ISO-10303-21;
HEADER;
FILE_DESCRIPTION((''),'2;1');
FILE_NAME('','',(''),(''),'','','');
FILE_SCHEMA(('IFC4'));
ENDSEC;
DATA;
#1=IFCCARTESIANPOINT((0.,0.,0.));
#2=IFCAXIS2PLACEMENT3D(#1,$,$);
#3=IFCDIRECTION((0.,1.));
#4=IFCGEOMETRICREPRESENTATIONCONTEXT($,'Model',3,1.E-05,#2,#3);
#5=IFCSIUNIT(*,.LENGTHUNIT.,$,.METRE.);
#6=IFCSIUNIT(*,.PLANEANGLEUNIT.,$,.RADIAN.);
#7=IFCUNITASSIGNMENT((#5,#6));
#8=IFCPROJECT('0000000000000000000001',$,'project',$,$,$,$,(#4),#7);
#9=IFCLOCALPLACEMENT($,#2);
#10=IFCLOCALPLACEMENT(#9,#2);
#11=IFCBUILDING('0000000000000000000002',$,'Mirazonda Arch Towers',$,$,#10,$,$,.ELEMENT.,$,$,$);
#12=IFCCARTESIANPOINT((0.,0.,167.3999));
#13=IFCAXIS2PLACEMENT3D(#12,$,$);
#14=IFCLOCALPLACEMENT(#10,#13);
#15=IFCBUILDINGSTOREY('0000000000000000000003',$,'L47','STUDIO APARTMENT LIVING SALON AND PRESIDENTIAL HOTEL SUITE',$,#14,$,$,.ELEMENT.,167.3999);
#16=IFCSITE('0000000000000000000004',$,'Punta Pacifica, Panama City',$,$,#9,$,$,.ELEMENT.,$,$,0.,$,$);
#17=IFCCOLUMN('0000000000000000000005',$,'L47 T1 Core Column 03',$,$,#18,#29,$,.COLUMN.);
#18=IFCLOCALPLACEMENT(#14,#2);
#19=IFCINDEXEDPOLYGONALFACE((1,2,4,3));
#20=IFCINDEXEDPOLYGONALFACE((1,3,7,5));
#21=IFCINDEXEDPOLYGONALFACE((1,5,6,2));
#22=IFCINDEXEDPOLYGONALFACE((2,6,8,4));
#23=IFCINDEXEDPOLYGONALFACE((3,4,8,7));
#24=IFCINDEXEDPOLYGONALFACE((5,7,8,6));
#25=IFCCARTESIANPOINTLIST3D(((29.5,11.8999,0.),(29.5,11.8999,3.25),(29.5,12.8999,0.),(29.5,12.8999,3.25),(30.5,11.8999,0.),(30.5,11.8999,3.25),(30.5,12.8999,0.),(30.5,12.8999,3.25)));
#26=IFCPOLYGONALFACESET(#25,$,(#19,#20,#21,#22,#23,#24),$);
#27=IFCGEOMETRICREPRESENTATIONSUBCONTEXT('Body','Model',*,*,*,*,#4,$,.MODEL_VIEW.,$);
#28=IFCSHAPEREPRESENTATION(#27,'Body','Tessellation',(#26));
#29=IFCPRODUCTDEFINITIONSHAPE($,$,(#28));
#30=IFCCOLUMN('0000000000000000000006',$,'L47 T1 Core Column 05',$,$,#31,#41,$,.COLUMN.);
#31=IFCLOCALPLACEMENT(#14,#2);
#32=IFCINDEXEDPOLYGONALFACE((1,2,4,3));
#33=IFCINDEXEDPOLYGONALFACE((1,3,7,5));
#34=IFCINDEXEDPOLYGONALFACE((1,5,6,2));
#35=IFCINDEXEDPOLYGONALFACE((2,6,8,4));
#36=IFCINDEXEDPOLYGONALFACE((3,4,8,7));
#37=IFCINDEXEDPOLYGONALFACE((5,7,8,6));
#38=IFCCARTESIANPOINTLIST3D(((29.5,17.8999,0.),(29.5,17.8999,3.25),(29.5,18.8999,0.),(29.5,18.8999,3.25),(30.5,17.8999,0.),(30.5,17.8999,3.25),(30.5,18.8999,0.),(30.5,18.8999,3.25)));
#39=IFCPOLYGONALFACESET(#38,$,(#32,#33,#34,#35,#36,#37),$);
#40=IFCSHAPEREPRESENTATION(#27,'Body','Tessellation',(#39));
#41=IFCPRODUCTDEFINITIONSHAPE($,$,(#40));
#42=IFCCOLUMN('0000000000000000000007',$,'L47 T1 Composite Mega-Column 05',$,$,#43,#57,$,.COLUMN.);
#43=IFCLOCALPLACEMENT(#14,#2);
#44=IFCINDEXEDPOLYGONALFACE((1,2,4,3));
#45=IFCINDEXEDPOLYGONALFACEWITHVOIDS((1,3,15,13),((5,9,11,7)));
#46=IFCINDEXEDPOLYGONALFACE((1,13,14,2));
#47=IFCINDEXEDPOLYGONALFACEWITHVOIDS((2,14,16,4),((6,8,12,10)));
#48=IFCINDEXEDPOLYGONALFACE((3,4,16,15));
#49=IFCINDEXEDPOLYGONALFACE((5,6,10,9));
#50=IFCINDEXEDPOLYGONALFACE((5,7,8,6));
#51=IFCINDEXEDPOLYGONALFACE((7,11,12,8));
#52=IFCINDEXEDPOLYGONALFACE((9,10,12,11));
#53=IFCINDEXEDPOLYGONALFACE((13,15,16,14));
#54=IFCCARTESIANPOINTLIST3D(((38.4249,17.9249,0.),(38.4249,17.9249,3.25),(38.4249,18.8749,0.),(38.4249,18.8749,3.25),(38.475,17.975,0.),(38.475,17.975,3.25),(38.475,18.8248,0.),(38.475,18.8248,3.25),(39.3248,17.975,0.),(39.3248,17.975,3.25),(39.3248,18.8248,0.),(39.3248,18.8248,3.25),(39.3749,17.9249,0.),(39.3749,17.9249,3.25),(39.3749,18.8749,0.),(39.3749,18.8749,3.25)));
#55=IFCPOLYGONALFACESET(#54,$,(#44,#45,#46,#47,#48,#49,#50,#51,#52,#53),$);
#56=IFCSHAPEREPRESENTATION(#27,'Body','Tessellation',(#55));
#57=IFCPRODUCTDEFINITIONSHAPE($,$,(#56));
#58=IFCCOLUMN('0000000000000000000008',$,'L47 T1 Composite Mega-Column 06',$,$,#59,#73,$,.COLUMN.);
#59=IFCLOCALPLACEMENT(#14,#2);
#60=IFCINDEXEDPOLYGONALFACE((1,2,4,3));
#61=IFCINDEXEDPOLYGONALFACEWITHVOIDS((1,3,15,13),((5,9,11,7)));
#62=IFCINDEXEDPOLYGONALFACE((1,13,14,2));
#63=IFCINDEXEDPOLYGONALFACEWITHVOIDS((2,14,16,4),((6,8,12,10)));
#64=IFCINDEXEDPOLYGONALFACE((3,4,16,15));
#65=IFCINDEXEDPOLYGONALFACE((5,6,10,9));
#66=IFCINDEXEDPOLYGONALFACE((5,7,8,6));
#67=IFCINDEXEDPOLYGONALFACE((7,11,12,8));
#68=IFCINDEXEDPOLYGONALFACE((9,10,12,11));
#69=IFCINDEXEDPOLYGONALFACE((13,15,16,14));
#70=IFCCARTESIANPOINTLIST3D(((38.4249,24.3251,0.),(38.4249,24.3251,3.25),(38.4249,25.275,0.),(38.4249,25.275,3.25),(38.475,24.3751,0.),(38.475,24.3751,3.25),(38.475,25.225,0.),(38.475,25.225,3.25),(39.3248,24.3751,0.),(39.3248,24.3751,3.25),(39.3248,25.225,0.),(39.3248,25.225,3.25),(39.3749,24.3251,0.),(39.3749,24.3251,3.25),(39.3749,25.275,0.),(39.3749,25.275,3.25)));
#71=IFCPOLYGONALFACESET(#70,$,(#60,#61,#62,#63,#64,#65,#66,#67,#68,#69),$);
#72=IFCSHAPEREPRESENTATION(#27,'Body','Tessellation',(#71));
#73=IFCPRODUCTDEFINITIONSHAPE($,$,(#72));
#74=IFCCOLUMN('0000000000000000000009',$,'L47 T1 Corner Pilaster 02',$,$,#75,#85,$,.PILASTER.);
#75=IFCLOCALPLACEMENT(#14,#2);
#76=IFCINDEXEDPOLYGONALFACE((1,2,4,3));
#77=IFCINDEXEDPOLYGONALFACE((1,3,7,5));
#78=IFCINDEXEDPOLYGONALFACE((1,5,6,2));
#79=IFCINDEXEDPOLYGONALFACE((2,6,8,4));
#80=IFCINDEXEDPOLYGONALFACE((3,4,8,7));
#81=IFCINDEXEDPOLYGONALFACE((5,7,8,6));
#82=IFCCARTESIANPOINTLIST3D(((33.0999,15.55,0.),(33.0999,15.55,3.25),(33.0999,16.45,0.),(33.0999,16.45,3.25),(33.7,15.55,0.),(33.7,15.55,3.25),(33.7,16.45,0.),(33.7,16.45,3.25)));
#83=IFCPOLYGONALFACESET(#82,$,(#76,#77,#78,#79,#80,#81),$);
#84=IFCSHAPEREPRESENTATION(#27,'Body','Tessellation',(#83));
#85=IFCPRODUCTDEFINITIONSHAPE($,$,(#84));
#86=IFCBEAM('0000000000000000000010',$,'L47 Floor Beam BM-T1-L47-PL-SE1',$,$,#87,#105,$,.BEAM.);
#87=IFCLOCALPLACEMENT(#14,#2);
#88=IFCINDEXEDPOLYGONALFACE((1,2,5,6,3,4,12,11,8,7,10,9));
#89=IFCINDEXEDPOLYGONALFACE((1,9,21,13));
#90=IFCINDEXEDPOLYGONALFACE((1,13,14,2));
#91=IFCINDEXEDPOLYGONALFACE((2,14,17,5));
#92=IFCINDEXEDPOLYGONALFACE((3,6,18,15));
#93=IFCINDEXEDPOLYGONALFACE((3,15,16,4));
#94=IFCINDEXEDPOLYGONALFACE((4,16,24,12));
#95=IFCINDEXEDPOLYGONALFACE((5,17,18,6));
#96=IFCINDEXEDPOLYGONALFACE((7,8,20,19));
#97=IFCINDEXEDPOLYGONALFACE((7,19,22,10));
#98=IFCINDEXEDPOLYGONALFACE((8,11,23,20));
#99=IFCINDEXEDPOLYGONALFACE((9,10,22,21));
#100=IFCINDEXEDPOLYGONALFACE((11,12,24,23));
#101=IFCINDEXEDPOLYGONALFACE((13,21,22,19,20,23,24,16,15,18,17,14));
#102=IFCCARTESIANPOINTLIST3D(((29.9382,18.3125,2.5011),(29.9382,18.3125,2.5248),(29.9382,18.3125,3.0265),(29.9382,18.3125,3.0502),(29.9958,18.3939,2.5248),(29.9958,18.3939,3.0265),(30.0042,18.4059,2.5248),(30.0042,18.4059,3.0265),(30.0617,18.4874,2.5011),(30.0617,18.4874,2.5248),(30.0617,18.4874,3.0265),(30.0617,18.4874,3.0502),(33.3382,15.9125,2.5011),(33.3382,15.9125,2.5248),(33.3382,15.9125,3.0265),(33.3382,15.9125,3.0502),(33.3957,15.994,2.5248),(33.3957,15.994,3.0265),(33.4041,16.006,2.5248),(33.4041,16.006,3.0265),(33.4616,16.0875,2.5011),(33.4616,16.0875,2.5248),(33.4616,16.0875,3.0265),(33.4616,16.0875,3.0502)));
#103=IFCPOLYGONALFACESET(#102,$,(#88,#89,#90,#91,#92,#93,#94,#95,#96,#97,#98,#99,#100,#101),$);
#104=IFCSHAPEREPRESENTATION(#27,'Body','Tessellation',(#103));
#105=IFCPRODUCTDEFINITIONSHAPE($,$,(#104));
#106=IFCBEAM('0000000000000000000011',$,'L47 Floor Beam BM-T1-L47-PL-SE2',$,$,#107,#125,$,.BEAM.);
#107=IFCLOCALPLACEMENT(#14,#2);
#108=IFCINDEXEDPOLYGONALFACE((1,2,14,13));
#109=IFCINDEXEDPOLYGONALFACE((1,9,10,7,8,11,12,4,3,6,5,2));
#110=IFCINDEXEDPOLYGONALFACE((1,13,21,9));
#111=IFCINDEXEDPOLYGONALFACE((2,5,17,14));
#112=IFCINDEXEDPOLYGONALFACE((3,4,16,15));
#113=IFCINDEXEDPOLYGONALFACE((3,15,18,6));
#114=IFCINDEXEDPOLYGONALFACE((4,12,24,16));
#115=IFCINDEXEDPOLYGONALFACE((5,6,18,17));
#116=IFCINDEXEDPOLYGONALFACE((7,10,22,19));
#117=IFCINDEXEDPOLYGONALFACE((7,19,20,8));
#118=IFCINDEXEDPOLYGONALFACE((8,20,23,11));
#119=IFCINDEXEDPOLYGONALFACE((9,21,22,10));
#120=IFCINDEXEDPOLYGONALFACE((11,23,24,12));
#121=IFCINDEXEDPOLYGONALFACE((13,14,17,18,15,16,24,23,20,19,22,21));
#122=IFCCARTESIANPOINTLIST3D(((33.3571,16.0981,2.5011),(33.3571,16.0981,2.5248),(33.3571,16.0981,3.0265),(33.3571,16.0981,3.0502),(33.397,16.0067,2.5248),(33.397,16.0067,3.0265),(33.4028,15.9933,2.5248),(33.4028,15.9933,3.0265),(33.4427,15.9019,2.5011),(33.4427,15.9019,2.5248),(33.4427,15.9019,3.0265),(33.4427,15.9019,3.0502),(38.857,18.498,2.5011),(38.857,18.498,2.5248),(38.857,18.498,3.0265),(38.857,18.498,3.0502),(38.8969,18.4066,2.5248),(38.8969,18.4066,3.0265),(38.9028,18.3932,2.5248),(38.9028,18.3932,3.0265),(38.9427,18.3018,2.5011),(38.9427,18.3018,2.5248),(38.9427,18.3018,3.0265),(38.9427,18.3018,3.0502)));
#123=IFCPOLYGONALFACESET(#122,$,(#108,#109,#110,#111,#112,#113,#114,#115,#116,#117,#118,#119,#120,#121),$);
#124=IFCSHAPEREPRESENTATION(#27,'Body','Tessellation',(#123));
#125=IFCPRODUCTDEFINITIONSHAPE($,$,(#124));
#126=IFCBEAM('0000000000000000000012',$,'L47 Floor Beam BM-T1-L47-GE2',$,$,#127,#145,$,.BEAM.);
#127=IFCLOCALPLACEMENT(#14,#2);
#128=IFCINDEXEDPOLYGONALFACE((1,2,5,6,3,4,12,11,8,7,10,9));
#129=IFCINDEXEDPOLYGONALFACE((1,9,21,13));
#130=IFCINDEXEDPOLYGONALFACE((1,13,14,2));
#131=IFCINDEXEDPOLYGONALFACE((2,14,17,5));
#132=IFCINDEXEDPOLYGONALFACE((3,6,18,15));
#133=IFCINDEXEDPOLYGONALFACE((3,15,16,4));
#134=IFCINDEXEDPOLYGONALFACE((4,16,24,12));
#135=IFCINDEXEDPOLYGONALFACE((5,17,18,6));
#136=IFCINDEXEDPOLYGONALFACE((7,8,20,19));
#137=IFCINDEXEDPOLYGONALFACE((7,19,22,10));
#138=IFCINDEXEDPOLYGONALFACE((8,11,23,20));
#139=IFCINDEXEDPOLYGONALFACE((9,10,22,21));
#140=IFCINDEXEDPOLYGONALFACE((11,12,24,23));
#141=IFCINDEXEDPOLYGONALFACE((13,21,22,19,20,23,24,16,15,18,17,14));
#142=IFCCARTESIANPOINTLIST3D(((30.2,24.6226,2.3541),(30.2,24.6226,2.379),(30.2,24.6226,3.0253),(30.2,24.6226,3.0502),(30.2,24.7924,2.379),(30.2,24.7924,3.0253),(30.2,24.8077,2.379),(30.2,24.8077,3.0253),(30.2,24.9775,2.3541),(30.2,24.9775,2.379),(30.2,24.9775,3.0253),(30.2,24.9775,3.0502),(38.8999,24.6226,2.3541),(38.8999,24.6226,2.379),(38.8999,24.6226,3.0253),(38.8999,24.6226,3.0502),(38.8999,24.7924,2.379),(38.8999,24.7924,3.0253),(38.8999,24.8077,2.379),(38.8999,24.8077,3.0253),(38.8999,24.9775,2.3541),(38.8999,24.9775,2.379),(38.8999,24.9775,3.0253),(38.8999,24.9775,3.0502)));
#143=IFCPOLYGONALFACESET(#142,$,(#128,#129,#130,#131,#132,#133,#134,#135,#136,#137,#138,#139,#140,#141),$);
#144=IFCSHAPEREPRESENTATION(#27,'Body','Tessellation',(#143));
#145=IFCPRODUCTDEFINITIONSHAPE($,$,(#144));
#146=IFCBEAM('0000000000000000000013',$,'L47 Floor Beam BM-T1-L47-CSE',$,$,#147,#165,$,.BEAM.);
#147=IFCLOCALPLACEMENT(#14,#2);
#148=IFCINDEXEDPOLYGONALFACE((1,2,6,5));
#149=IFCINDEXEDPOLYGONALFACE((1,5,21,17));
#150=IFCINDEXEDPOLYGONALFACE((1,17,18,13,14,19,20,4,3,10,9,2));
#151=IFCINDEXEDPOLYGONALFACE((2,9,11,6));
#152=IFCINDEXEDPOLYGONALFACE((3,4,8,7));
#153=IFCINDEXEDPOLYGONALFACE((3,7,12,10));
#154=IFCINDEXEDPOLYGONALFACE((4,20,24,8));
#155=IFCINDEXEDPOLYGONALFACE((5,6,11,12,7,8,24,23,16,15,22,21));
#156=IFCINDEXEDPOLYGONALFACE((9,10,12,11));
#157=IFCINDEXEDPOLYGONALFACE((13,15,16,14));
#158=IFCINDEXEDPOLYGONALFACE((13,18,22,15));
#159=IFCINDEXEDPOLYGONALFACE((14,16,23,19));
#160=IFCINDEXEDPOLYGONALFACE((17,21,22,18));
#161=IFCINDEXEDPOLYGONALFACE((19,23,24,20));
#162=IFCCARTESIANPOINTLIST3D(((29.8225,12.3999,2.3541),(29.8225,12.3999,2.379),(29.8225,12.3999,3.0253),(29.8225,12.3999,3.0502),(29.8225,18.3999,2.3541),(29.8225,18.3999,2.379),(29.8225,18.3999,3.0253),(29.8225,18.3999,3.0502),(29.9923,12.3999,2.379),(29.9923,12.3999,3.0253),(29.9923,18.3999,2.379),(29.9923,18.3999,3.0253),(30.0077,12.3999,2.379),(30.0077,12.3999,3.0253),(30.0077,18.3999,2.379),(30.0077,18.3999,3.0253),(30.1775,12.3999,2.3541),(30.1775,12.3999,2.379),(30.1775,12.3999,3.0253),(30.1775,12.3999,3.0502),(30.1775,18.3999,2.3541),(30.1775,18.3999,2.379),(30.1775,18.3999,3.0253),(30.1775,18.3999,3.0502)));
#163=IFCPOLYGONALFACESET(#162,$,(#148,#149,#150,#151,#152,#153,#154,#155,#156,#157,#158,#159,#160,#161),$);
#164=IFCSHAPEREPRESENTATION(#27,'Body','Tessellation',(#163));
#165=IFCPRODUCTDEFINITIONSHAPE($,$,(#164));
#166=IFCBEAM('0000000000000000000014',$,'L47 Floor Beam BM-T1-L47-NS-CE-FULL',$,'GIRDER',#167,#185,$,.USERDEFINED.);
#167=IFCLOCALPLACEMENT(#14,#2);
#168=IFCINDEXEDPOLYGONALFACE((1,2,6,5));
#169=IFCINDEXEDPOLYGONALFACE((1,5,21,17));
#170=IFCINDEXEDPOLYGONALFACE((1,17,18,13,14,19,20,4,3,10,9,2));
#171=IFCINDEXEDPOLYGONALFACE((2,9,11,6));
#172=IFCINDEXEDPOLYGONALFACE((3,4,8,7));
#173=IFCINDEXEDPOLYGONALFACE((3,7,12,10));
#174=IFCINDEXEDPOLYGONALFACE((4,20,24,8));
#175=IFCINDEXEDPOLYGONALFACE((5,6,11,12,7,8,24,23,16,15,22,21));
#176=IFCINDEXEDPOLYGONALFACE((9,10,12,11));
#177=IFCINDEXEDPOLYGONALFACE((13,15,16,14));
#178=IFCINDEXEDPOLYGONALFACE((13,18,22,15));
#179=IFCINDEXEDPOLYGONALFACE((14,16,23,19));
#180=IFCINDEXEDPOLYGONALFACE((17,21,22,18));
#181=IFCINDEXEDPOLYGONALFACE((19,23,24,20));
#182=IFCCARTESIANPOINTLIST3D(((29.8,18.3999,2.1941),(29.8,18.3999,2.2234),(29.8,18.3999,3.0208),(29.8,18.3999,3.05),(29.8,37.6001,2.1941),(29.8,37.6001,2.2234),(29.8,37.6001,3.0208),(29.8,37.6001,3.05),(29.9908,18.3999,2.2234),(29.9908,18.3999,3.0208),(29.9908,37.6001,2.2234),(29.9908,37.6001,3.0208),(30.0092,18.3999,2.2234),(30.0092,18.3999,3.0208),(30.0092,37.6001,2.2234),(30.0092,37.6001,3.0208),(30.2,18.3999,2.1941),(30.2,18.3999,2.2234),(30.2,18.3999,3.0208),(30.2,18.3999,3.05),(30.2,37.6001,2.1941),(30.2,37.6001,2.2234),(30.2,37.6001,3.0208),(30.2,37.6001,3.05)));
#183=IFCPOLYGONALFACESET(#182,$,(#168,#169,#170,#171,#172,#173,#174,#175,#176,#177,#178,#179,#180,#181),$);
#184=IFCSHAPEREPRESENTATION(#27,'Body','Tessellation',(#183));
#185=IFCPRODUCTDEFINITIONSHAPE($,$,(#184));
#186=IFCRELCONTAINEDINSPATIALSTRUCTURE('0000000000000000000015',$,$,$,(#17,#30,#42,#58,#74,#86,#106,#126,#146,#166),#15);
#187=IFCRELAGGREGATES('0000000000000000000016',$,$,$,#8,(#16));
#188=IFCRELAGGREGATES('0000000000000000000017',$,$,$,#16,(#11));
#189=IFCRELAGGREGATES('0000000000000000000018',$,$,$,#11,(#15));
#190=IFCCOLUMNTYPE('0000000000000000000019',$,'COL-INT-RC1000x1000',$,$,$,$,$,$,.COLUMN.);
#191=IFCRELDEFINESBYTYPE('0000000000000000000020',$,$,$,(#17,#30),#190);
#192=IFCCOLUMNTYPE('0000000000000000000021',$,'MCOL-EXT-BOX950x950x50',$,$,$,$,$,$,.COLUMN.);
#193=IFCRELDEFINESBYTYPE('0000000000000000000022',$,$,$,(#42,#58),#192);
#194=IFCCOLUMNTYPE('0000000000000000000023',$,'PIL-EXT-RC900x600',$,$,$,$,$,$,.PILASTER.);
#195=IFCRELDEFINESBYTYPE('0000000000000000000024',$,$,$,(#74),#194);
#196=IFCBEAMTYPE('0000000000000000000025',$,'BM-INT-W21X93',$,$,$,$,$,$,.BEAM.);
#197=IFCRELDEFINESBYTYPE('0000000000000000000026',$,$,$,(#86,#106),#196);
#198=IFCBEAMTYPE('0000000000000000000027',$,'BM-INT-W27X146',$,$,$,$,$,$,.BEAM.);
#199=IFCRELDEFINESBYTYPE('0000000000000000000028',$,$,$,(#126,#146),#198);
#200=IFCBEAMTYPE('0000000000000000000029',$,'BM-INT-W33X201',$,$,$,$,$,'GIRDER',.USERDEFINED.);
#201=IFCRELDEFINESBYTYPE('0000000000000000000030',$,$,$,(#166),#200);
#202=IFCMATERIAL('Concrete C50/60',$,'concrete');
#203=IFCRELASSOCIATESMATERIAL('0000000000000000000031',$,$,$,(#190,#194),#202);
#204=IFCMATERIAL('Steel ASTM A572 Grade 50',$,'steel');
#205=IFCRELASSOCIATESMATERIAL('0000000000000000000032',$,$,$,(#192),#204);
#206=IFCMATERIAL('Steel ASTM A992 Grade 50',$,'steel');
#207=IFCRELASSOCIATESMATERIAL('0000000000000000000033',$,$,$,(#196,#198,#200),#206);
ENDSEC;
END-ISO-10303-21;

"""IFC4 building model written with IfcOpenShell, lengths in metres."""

from ifc_helpers import new_model, si_unit, direction, frame, origin, origin_2d, place, context, subcontext, project, spatial, rectangle, hollow_rectangle, i_section, extrude, material, material_profile, profile_set, type_object, element, save


model = new_model("IFC4")

# Units and contexts
model_context = context("Model", 3, precision=1e-05, world=origin(), true_north=direction((0.0, 1.0)))
body_context = subcontext(model_context, "Body", "Model", "MODEL_VIEW")
ifc_project = project(units=[si_unit("LENGTHUNIT", "METRE"), si_unit("PLANEANGLEUNIT", "RADIAN")], contexts=[model_context])

# Site, building, storey
site_placement = place(None, origin())
site = spatial("IfcSite", under=ifc_project, at=site_placement, Name="Punta Pacifica, Panama City", CompositionType="ELEMENT", RefElevation=0.0)
building_placement = place(site_placement, origin())
building = spatial("IfcBuilding", under=site, at=building_placement, Name="Mirazonda Arch Towers", CompositionType="ELEMENT")
storey_placement = place(building_placement, frame((0.0, 0.0, 167.3999)))
storey = spatial("IfcBuildingStorey", under=building, at=storey_placement, Name="L47", Description="STUDIO APARTMENT LIVING SALON AND PRESIDENTIAL HOTEL SUITE", CompositionType="ELEMENT", Elevation=167.3999)

# Columns
ifc_material_1 = material(Name="Concrete C50/60", Category="concrete")
ifc_material_profile_1 = material_profile(ifc_material_1, rectangle(XDim=1.0, YDim=1.0, at=origin_2d()), Name="RC1000x1000")
ifc_profile_set_1 = profile_set([ifc_material_profile_1], Name="Concrete C50/60")
column_type_1 = type_object("IfcColumnType", Name="COL-INT-RC1000x1000", PredefinedType="COLUMN", material=ifc_profile_set_1)
for number, where, z_axis, x_axis, name in (
    (1, (30.0, 12.3999, 0.0), (0.0, 0.0, 1.0), (1.0, 0.0, 0.0), "L47 T1 Core Column 03"),
    (2, (30.0, 18.3999, 0.0), (0.0, 0.0, 1.0), (1.0, 0.0, 0.0), "L47 T1 Core Column 05"),
):
    element("IfcColumn", number, at=place(storey_placement, frame(where, z_axis=z_axis, x_axis=x_axis)), inside=storey, type_object=column_type_1, Name=name, PredefinedType="COLUMN", context=body_context, shape_type="SweptSolid", body=[
        extrude(rectangle(XDim=1.0, YDim=1.0, at=origin_2d()), origin(), (0.0, 0.0, 1.0), 3.25),
    ])
ifc_material_2 = material(Name="Steel ASTM A572 Grade 50", Category="steel")
ifc_material_profile_2 = material_profile(ifc_material_2, hollow_rectangle(XDim=0.95, YDim=0.95, WallThickness=0.05, at=origin_2d()), Name="BOX950x950x50")
ifc_profile_set_2 = profile_set([ifc_material_profile_2], Name="Steel ASTM A572 Grade 50")
column_type_2 = type_object("IfcColumnType", Name="MCOL-EXT-BOX950x950x50", PredefinedType="COLUMN", material=ifc_profile_set_2)
for number, where, z_axis, x_axis, name in (
    (3, (38.8999, 18.3999, 0.0), (0.0, 0.0, 1.0), (1.0, 0.0, 0.0), "L47 T1 Composite Mega-Column 05"),
    (4, (38.8999, 24.8, 0.0), (0.0, 0.0, 1.0), (1.0, 0.0, 0.0), "L47 T1 Composite Mega-Column 06"),
):
    element("IfcColumn", number, at=place(storey_placement, frame(where, z_axis=z_axis, x_axis=x_axis)), inside=storey, type_object=column_type_2, Name=name, PredefinedType="COLUMN", context=body_context, shape_type="SweptSolid", body=[
        extrude(hollow_rectangle(XDim=0.95, YDim=0.95, WallThickness=0.05, at=origin_2d()), origin(), (0.0, 0.0, 1.0), 3.25),
    ])
ifc_material_profile_3 = material_profile(ifc_material_1, rectangle(XDim=0.6001, YDim=0.8999, at=origin_2d()), Name="RC900x600")
ifc_profile_set_3 = profile_set([ifc_material_profile_3], Name="Concrete C50/60")
column_type_3 = type_object("IfcColumnType", Name="PIL-EXT-RC900x600", PredefinedType="PILASTER", material=ifc_profile_set_3)
column_placement = place(storey_placement, frame((33.3999, 16.0, 0.0), z_axis=(0.0, 0.0, 1.0), x_axis=(1.0, 0.0, 0.0)))
element("IfcColumn", 5, at=column_placement, inside=storey, type_object=column_type_3, Name="L47 T1 Corner Pilaster 02", PredefinedType="PILASTER", context=body_context, shape_type="SweptSolid", body=[
    extrude(rectangle(XDim=0.6001, YDim=0.8999, at=origin_2d()), origin(), (0.0, 0.0, 1.0), 3.25),
])

# Beams
ifc_material_3 = material(Name="Steel ASTM A992 Grade 50", Category="steel")
ifc_material_profile_4 = material_profile(ifc_material_3, i_section(OverallWidth=0.2141, OverallDepth=0.5491, WebThickness=0.0146, FlangeThickness=0.0237, at=origin_2d()), Name="W21X93")
ifc_profile_set_4 = profile_set([ifc_material_profile_4], Name="Steel ASTM A992 Grade 50")
beam_type_1 = type_object("IfcBeamType", Name="BM-INT-W21X93", PredefinedType="BEAM", material=ifc_profile_set_4)
beam_1_placement = place(storey_placement, frame((33.3999, 16.0, 2.7756), z_axis=(-0.816971, 0.576679, 0.0), x_axis=(-0.576679, -0.816971, 0.0)))
element("IfcBeam", 6, at=beam_1_placement, inside=storey, type_object=beam_type_1, Name="L47 Floor Beam BM-T1-L47-PL-SE1", PredefinedType="BEAM", context=body_context, shape_type="SweptSolid", body=[
    extrude(i_section(OverallWidth=0.2141, OverallDepth=0.5491, WebThickness=0.0146, FlangeThickness=0.0237, at=origin_2d()), origin(), (0.0, 0.0, 1.0), 4.1616),
])
beam_2_placement = place(storey_placement, frame((33.3999, 16.0, 2.7756), z_axis=(0.916545, 0.399931, 0.0), x_axis=(-0.399931, 0.916545, 0.0)))
element("IfcBeam", 7, at=beam_2_placement, inside=storey, type_object=beam_type_1, Name="L47 Floor Beam BM-T1-L47-PL-SE2", PredefinedType="BEAM", context=body_context, shape_type="SweptSolid", body=[
    extrude(i_section(OverallWidth=0.2141, OverallDepth=0.5491, WebThickness=0.0146, FlangeThickness=0.0237, at=origin_2d()), origin(), (0.0, 0.0, 1.0), 6.0007),
])
ifc_material_profile_5 = material_profile(ifc_material_3, i_section(OverallWidth=0.355, OverallDepth=0.696, WebThickness=0.0154, FlangeThickness=0.0249, at=origin_2d()), Name="W27X146")
ifc_profile_set_5 = profile_set([ifc_material_profile_5], Name="Steel ASTM A992 Grade 50")
beam_type_2 = type_object("IfcBeamType", Name="BM-INT-W27X146", PredefinedType="BEAM", material=ifc_profile_set_5)
beam_3_placement = place(storey_placement, frame((30.2, 24.8, 2.7021), z_axis=(1.0, 0.0, 0.0), x_axis=(0.0, 1.0, 0.0)))
element("IfcBeam", 8, at=beam_3_placement, inside=storey, type_object=beam_type_2, Name="L47 Floor Beam BM-T1-L47-GE2", PredefinedType="BEAM", context=body_context, shape_type="SweptSolid", body=[
    extrude(i_section(OverallWidth=0.355, OverallDepth=0.696, WebThickness=0.0154, FlangeThickness=0.0249, at=origin_2d()), origin(), (0.0, 0.0, 1.0), 8.7),
])
beam_4_placement = place(storey_placement, frame((30.0, 12.3999, 2.7021), z_axis=(0.0, 1.0, 0.0), x_axis=(-1.0, 0.0, 0.0)))
element("IfcBeam", 9, at=beam_4_placement, inside=storey, type_object=beam_type_2, Name="L47 Floor Beam BM-T1-L47-CSE", PredefinedType="BEAM", context=body_context, shape_type="SweptSolid", body=[
    extrude(i_section(OverallWidth=0.355, OverallDepth=0.696, WebThickness=0.0154, FlangeThickness=0.0249, at=origin_2d()), origin(), (0.0, 0.0, 1.0), 6.0),
])
ifc_material_profile_6 = material_profile(ifc_material_3, i_section(OverallWidth=0.3999, OverallDepth=0.856, WebThickness=0.0183, FlangeThickness=0.0293, at=origin_2d()), Name="W33X201")
ifc_profile_set_6 = profile_set([ifc_material_profile_6], Name="Steel ASTM A992 Grade 50")
beam_type_3 = type_object("IfcBeamType", Name="BM-INT-W33X201", ElementType="GIRDER", PredefinedType="USERDEFINED", material=ifc_profile_set_6)
beam_5_placement = place(storey_placement, frame((30.0, 18.3999, 2.6221), z_axis=(0.0, 1.0, 0.0), x_axis=(-1.0, 0.0, 0.0)))
element("IfcBeam", 10, at=beam_5_placement, inside=storey, type_object=beam_type_3, Name="L47 Floor Beam BM-T1-L47-NS-CE-FULL", ObjectType="GIRDER", PredefinedType="USERDEFINED", context=body_context, shape_type="SweptSolid", body=[
    extrude(i_section(OverallWidth=0.3999, OverallDepth=0.856, WebThickness=0.0183, FlangeThickness=0.0293, at=origin_2d()), origin(), (0.0, 0.0, 1.0), 19.2002),
])

save(model, "model.ifc")
